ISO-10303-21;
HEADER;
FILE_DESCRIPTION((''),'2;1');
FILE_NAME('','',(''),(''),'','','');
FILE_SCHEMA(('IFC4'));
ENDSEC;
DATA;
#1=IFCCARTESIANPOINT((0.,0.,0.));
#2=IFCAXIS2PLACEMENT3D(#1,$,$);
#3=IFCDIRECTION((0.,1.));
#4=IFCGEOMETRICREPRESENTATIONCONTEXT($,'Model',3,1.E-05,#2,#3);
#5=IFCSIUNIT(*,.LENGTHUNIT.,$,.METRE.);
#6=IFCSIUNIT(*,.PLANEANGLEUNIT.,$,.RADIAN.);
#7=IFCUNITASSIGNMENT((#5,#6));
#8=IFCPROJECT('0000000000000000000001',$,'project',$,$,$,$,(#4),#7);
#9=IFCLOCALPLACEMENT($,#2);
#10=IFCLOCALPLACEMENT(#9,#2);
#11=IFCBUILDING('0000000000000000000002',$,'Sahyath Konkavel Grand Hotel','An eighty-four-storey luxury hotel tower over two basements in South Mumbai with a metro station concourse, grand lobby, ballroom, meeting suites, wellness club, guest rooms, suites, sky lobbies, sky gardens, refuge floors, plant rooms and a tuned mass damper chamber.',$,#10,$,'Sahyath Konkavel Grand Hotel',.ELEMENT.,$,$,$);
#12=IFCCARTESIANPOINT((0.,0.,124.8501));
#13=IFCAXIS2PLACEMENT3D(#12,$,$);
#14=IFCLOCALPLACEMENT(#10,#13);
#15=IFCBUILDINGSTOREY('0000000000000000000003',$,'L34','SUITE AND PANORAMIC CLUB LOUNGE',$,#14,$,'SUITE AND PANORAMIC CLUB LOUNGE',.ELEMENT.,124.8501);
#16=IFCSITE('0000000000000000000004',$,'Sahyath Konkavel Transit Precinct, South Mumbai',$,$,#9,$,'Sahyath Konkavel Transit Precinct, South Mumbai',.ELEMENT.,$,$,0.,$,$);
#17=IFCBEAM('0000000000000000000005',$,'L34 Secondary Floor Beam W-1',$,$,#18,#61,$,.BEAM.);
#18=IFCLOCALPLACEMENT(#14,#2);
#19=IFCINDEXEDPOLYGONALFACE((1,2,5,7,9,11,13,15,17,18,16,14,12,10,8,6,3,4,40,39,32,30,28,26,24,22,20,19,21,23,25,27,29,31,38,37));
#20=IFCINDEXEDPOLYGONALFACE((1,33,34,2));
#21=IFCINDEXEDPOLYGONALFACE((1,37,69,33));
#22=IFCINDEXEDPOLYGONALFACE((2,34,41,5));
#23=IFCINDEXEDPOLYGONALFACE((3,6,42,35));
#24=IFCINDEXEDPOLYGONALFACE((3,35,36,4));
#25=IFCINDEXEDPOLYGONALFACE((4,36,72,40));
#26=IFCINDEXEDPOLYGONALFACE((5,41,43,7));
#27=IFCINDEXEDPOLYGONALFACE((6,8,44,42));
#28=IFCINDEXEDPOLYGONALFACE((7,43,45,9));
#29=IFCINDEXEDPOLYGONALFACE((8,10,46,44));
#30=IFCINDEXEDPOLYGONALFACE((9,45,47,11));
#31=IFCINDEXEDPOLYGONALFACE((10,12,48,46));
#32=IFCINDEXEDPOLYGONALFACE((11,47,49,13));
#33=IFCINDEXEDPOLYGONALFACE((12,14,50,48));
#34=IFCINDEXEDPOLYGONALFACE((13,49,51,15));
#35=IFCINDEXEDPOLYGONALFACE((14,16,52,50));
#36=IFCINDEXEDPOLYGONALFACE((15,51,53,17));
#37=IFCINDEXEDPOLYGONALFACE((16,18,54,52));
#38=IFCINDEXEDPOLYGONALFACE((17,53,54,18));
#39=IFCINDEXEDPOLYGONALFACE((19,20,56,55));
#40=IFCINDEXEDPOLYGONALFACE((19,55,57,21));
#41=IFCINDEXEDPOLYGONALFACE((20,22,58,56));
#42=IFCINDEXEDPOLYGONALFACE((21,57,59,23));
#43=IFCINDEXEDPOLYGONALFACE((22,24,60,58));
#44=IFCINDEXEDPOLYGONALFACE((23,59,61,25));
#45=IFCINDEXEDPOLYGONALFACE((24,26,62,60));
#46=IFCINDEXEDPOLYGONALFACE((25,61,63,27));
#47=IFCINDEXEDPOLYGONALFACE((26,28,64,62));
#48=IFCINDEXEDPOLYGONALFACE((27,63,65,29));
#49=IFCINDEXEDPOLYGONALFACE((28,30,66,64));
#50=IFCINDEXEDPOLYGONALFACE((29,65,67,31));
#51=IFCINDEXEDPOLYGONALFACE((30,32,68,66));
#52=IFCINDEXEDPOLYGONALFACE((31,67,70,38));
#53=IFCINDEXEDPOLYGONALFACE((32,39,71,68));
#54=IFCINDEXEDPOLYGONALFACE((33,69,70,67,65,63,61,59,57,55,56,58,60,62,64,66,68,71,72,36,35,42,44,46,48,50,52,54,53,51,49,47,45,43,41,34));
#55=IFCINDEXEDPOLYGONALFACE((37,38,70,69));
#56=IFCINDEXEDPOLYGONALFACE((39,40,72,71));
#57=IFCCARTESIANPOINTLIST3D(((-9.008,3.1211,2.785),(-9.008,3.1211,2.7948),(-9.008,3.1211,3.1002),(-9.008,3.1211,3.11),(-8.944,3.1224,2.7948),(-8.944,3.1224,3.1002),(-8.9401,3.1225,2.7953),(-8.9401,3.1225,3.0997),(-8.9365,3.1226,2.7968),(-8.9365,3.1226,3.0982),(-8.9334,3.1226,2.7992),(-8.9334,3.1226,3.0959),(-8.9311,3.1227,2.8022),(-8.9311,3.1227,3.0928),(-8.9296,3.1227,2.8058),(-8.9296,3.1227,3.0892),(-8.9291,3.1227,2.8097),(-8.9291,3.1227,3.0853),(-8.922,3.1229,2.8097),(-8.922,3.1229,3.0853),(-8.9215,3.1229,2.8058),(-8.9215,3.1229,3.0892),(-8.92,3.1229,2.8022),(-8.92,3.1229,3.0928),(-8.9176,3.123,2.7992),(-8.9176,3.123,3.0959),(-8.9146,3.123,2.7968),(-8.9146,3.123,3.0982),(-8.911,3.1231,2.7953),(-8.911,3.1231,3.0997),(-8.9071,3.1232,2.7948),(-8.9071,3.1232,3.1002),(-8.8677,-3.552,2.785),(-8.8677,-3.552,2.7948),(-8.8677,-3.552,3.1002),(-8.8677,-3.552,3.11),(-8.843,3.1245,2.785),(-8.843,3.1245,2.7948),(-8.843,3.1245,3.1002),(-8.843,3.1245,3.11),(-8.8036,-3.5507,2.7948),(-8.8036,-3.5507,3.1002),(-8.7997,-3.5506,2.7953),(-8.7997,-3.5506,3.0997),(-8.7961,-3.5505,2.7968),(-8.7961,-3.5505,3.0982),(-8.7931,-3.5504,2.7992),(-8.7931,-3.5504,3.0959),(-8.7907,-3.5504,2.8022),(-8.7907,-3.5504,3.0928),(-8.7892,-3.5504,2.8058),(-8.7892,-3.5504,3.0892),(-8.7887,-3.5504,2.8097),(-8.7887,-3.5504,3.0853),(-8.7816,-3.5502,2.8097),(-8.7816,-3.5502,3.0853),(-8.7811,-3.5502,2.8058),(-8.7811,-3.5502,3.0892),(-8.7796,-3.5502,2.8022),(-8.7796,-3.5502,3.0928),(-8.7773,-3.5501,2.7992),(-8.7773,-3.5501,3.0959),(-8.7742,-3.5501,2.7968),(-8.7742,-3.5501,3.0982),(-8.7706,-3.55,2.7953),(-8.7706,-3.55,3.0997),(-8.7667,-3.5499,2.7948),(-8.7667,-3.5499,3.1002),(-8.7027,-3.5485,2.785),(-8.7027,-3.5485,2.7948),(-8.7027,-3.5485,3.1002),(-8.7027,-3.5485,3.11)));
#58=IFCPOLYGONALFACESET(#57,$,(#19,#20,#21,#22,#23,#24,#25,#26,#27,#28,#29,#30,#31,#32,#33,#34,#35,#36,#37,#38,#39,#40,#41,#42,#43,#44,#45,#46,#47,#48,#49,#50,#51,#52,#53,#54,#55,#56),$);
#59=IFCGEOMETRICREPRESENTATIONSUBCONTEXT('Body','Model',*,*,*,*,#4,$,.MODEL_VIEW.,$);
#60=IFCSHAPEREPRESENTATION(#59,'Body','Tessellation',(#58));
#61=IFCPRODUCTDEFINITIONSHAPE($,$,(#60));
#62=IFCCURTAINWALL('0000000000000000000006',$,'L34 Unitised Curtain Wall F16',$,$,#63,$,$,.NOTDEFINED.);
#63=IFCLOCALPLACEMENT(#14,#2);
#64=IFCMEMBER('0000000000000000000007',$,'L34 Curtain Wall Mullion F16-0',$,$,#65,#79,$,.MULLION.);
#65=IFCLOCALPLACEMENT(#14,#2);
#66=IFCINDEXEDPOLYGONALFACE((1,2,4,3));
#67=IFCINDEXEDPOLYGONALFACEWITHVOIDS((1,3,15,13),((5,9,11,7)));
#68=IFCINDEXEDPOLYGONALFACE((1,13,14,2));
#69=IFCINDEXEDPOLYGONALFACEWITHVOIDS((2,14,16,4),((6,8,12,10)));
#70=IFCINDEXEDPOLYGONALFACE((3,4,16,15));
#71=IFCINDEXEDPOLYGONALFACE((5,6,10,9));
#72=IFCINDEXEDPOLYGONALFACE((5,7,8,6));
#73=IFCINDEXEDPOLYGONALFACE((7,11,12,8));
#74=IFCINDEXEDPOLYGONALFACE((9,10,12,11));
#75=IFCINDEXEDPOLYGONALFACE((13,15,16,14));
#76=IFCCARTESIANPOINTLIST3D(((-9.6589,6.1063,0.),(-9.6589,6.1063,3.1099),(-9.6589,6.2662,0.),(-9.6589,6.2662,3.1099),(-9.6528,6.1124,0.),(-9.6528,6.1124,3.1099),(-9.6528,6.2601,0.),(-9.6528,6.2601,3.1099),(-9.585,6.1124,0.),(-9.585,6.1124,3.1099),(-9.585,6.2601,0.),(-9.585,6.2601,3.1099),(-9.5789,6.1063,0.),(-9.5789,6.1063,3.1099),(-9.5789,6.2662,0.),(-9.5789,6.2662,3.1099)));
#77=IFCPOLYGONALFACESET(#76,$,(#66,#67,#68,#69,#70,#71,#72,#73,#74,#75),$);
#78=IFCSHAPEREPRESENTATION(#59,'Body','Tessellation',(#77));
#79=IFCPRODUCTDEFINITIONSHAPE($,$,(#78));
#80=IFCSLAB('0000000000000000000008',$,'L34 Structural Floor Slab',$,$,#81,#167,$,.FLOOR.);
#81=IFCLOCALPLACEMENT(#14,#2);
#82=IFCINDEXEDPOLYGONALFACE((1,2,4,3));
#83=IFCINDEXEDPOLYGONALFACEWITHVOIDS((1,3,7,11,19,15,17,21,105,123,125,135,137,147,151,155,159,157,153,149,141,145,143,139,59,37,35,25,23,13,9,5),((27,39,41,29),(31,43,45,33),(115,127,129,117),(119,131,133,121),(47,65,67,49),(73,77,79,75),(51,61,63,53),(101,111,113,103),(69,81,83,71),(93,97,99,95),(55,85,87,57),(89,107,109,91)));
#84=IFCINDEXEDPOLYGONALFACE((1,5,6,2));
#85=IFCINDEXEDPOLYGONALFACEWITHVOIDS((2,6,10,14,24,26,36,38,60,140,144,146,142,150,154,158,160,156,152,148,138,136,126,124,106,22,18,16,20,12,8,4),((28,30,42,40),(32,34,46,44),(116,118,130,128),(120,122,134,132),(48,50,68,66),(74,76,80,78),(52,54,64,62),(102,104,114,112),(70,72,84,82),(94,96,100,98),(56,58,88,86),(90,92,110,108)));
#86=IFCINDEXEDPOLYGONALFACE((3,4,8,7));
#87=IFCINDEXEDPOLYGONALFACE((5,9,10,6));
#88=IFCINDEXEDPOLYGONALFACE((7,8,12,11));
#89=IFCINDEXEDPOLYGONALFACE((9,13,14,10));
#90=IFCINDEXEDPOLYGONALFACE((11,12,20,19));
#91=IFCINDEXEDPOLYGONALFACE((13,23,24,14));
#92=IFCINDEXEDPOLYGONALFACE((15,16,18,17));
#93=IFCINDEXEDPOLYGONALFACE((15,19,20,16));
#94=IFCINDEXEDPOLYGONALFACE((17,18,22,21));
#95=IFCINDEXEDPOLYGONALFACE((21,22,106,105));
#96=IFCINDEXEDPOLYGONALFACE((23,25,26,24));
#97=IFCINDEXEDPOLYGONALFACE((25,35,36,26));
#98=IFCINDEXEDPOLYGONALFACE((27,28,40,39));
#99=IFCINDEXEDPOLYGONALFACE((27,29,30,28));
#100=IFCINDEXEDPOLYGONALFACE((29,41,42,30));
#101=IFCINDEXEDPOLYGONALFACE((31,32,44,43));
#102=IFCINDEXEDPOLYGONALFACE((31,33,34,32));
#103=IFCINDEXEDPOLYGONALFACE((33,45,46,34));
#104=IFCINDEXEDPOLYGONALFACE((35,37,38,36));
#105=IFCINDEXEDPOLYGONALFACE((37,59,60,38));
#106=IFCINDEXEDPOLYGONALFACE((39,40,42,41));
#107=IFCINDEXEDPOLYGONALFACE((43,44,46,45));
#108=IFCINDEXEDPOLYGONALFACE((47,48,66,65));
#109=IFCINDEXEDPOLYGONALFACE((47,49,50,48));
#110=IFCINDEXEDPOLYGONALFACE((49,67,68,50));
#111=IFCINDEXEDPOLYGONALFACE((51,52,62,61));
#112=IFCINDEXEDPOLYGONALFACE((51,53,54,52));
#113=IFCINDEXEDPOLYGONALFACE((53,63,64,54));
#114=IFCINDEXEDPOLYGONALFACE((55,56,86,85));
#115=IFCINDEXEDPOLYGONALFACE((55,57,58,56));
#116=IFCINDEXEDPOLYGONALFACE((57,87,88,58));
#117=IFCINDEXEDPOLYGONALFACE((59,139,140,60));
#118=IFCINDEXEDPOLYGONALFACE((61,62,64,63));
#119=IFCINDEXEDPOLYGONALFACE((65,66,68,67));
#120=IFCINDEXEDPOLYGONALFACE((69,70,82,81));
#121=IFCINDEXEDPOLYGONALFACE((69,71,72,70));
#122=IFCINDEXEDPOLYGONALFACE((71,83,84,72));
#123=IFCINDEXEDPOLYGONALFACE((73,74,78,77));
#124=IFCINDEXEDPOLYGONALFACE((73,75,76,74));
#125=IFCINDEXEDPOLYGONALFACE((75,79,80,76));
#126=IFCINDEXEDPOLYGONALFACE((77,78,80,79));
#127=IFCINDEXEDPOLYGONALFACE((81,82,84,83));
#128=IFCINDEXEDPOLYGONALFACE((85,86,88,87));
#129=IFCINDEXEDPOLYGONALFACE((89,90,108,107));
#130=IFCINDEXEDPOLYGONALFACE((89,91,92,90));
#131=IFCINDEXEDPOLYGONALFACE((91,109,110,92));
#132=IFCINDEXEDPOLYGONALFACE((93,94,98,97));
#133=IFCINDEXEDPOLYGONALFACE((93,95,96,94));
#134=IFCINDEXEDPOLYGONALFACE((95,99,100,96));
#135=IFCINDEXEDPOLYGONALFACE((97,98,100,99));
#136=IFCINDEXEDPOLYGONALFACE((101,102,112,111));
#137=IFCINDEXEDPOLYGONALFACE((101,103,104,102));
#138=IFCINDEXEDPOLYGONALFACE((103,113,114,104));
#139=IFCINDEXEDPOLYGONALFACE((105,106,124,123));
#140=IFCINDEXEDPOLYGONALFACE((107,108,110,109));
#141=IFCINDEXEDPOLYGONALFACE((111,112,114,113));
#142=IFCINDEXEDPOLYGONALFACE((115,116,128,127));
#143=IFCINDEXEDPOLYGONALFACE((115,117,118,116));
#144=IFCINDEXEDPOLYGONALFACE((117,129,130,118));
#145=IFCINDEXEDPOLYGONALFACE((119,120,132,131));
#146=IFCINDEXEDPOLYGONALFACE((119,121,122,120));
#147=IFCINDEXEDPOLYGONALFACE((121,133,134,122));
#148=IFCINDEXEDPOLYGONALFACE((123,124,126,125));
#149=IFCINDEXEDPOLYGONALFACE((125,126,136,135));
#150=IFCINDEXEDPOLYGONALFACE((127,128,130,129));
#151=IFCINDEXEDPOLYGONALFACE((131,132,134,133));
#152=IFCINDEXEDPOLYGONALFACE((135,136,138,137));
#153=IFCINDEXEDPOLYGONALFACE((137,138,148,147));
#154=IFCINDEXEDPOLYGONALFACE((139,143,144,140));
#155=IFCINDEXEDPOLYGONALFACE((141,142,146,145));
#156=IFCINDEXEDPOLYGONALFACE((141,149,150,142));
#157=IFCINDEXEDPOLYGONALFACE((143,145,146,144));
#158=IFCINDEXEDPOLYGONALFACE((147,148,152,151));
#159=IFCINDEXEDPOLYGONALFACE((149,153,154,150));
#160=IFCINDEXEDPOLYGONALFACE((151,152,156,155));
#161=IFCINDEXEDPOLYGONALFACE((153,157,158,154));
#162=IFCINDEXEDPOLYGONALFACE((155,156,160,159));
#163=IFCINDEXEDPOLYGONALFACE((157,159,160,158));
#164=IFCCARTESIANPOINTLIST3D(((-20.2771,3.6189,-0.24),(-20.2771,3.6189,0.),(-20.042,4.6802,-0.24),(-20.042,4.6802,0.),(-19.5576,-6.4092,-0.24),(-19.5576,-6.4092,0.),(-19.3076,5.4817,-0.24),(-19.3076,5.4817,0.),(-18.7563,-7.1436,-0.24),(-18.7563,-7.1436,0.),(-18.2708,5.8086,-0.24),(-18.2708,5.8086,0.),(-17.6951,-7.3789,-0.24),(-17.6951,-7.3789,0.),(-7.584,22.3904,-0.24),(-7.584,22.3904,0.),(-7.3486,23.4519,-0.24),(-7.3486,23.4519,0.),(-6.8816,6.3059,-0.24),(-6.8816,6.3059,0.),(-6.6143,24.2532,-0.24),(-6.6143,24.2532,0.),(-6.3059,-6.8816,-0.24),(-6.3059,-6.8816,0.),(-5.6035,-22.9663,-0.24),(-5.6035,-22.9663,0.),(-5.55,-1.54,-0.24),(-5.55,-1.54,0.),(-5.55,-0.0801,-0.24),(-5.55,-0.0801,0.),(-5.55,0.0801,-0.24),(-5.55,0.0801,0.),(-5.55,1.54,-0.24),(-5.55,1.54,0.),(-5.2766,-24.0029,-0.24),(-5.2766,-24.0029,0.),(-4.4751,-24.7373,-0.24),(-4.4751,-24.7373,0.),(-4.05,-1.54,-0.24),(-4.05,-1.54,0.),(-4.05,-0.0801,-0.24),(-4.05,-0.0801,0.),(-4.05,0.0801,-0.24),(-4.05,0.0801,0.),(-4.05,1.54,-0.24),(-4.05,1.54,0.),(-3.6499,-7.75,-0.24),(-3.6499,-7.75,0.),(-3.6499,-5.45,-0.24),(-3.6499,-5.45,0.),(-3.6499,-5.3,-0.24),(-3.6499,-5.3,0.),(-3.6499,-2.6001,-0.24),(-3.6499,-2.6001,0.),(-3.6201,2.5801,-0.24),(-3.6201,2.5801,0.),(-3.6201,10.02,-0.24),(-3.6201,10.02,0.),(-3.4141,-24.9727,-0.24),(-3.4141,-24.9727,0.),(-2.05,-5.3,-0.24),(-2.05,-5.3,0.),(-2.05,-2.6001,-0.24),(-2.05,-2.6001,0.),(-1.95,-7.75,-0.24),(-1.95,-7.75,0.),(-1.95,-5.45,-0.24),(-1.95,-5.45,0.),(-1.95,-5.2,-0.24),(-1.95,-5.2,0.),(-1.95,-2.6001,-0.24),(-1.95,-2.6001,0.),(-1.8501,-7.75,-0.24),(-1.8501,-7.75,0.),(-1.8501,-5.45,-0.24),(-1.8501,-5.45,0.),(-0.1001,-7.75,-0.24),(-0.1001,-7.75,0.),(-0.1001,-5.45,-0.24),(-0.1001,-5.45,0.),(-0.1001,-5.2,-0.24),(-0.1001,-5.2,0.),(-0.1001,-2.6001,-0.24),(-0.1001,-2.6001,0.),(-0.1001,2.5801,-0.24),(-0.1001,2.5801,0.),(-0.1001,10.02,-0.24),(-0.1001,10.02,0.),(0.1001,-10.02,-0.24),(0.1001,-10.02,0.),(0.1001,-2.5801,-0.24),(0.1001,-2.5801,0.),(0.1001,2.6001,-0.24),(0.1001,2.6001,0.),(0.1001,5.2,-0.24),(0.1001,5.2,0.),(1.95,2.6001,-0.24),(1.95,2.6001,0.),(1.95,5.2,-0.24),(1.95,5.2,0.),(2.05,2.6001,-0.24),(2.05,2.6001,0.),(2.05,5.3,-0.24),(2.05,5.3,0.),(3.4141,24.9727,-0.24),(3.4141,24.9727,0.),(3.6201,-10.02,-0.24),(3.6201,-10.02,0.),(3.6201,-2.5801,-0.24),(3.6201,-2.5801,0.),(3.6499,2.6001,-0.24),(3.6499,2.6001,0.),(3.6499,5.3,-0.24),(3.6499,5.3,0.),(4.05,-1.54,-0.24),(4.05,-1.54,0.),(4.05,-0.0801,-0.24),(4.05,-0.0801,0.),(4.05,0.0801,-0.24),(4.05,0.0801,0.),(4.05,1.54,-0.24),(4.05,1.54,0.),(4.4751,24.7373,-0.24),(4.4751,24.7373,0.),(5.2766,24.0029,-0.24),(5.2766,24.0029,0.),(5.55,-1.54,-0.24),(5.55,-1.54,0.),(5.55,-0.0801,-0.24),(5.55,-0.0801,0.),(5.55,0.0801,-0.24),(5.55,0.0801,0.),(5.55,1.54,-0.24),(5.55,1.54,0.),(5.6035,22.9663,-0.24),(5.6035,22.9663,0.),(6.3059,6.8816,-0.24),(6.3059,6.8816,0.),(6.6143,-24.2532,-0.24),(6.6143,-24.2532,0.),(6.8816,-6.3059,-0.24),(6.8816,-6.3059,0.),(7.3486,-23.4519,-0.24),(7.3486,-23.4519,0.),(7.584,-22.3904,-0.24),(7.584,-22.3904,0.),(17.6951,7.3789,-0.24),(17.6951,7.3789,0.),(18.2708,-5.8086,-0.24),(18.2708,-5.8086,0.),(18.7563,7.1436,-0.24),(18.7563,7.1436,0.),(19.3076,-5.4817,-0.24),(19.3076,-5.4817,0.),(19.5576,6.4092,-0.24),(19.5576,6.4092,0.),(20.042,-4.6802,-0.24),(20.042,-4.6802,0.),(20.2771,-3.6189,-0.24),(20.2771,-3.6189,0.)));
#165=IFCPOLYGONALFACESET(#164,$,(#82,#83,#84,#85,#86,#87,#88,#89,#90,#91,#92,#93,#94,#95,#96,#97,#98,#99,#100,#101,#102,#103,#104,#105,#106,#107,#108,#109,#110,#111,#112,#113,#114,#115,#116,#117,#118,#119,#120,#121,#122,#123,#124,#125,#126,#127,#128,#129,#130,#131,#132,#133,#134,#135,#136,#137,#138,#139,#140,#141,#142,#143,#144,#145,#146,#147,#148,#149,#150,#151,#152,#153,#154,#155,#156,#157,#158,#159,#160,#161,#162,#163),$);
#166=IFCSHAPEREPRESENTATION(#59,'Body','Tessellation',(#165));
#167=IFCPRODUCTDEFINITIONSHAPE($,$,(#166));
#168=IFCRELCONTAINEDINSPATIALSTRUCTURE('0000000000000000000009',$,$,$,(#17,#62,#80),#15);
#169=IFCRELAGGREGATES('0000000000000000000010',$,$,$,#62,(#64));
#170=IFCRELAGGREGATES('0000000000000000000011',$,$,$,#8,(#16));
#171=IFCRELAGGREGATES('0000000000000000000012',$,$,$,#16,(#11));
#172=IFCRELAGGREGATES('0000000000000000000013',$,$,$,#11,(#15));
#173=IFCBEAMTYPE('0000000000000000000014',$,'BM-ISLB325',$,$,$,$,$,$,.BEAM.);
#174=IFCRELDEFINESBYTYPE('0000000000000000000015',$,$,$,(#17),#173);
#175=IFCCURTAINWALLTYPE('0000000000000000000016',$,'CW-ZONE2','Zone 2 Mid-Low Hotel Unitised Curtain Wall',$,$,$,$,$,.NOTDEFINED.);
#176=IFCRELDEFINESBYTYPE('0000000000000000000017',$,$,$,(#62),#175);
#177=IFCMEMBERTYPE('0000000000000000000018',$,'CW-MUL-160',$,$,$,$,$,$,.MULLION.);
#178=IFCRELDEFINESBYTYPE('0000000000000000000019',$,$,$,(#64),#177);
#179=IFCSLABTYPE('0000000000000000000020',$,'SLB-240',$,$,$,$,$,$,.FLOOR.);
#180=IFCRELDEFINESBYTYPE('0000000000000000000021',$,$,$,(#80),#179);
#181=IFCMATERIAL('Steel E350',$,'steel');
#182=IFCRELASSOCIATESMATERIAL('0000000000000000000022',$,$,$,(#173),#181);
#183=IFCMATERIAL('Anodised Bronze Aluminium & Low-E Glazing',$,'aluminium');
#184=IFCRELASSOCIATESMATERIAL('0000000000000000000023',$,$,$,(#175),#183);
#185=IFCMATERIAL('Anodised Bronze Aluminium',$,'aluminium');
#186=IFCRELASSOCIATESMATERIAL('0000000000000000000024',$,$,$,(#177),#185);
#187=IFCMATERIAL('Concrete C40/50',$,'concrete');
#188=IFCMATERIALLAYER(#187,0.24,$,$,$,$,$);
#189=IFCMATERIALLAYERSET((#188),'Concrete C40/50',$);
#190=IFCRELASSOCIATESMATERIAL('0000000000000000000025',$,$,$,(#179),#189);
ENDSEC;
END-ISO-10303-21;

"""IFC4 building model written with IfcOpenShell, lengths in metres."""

from ifc_helpers import new_model, si_unit, direction, frame, origin, origin_2d, place, context, subcontext, project, spatial, polyline, hollow_rectangle, i_section, outline, extrude, source, transform, mapped, material, layer, layer_set, material_profile, profile_set, type_object, element, aggregate, save


model = new_model("IFC4")

# Units and contexts
model_context = context("Model", 3, precision=1e-05, world=origin(), true_north=direction((0.0, 1.0)))
body_context = subcontext(model_context, "Body", "Model", "MODEL_VIEW")
ifc_project = project(units=[si_unit("LENGTHUNIT", "METRE"), si_unit("PLANEANGLEUNIT", "RADIAN")], contexts=[model_context])

# Site, building, storey
site_placement = place(None, origin())
site = spatial("IfcSite", under=ifc_project, at=site_placement, Name="Sahyath Konkavel Transit Precinct, South Mumbai", LongName="Sahyath Konkavel Transit Precinct, South Mumbai", CompositionType="ELEMENT", RefElevation=0.0)
building_placement = place(site_placement, origin())
building = spatial("IfcBuilding", under=site, at=building_placement, Name="Sahyath Konkavel Grand Hotel", Description="An eighty-four-storey luxury hotel tower over two basements in South Mumbai with a metro station concourse, grand lobby, ballroom, meeting suites, wellness club, guest rooms, suites, sky lobbies, sky gardens, refuge floors, plant rooms and a tuned mass damper chamber.", LongName="Sahyath Konkavel Grand Hotel", CompositionType="ELEMENT")
storey_placement = place(building_placement, frame((0.0, 0.0, 124.8501)))
storey = spatial("IfcBuildingStorey", under=building, at=storey_placement, Name="L34", Description="SUITE AND PANORAMIC CLUB LOUNGE", LongName="SUITE AND PANORAMIC CLUB LOUNGE", CompositionType="ELEMENT", Elevation=124.8501)

# Beam
ifc_material_1 = material(Name="Steel E350", Category="steel")
ifc_material_profile_1 = material_profile(ifc_material_1, i_section(OverallWidth=0.165, OverallDepth=0.325, WebThickness=0.0071, FlangeThickness=0.0098, FilletRadius=0.0149, at=origin_2d()), Name="ISLB 325")
ifc_profile_set_1 = profile_set([ifc_material_profile_1], Name="Steel E350")
beam_type_1 = type_object("IfcBeamType", Name="BM-ISLB325", PredefinedType="BEAM", material=ifc_profile_set_1)
shared_shape_1 = source(origin(), body_context, "Body", "SweptSolid", [
    extrude(i_section(OverallWidth=0.165, OverallDepth=0.325, WebThickness=0.0071, FlangeThickness=0.0098, FilletRadius=0.0149, at=origin_2d()), origin(), (0.0, 0.0, 1.0), 6.6746),
])
beam_1_placement = place(storey_placement, frame((-8.9255, 3.1228, 2.9475), z_axis=(0.021032, -0.999779, 0.0), x_axis=(0.999779, 0.021032, 0.0)))
element("IfcBeam", 1, at=beam_1_placement, inside=storey, type_object=beam_type_1, Name="L34 Secondary Floor Beam W-1", PredefinedType="BEAM", context=body_context, shape_type="MappedRepresentation", body=[
    mapped(shared_shape_1, transform((0.0, 0.0, 0.0), scale=1.0)),
])

# Curtain wall, member
ifc_material_2 = material(Name="Anodised Bronze Aluminium & Low-E Glazing", Category="aluminium")
curtain_wall_type = type_object("IfcCurtainWallType", Name="CW-ZONE2", Description="Zone 2 Mid-Low Hotel Unitised Curtain Wall", PredefinedType="NOTDEFINED", material=ifc_material_2)
curtain_wall_placement = place(storey_placement, origin())
curtain_wall = element("IfcCurtainWall", 2, at=curtain_wall_placement, inside=storey, type_object=curtain_wall_type, Name="L34 Unitised Curtain Wall F16", PredefinedType="NOTDEFINED")
ifc_material_3 = material(Name="Anodised Bronze Aluminium", Category="aluminium")
ifc_material_profile_2 = material_profile(ifc_material_3, hollow_rectangle(XDim=0.0801, YDim=0.1599, WallThickness=0.0061, at=origin_2d()), Name="RHS 160x80x6")
ifc_profile_set_2 = profile_set([ifc_material_profile_2], Name="Anodised Bronze Aluminium")
member_type = type_object("IfcMemberType", Name="CW-MUL-160", PredefinedType="MULLION", material=ifc_profile_set_2)
shared_shape_2 = source(origin(), body_context, "Body", "SweptSolid", [
    extrude(hollow_rectangle(XDim=0.0801, YDim=0.1599, WallThickness=0.0061, at=origin_2d()), origin(), (0.0, 0.0, 1.0), 3.1099),
])
member_placement = place(storey_placement, frame((-9.6189, 6.1863, 0.0), z_axis=(0.0, 0.0, 1.0), x_axis=(1.0, 0.0, 0.0)))
member = element("IfcMember", 3, at=member_placement, type_object=member_type, Name="L34 Curtain Wall Mullion F16-0", PredefinedType="MULLION", context=body_context, shape_type="MappedRepresentation", body=[
    mapped(shared_shape_2, transform((0.0, 0.0, 0.0), scale=1.0)),
])

# Slab
ifc_material_4 = material(Name="Concrete C40/50", Category="concrete")
ifc_layer_1 = layer(ifc_material_4, 0.24)
ifc_layer_set_1 = layer_set([ifc_layer_1], Name="Concrete C40/50")
slab_type_1 = type_object("IfcSlabType", Name="SLB-240", PredefinedType="FLOOR", material=ifc_layer_set_1)
slab_1_placement = place(storey_placement, frame((0.0, 0.0, -0.24)))
element("IfcSlab", 4, at=slab_1_placement, inside=storey, type_object=slab_type_1, Name="L34 Structural Floor Slab", PredefinedType="FLOOR", context=body_context, shape_type="SweptSolid", body=[
    extrude(outline(polyline([(6.8816, -6.3059), (18.2708, -5.8086), (19.3076, -5.4817), (20.042, -4.6802), (20.2771, -3.6189), (19.5576, 6.4092), (18.7563, 7.1436), (17.6951, 7.3789), (6.3059, 6.8816), (5.6035, 22.9663), (5.2766, 24.0029), (4.4751, 24.7373), (3.4141, 24.9727), (-6.6143, 24.2532), (-7.3486, 23.4519), (-7.584, 22.3904), (-6.8816, 6.3059), (-18.2708, 5.8086), (-19.3076, 5.4817), (-20.042, 4.6802), (-20.2771, 3.6189), (-19.5576, -6.4092), (-18.7563, -7.1436), (-17.6951, -7.3789), (-6.3059, -6.8816), (-5.6035, -22.9663), (-5.2766, -24.0029), (-4.4751, -24.7373), (-3.4141, -24.9727), (6.6143, -24.2532), (7.3486, -23.4519), (7.584, -22.3904), (6.8816, -6.3059)]), holes=[polyline([(-3.6201, 2.5801), (-0.1001, 2.5801), (-0.1001, 10.02), (-3.6201, 10.02), (-3.6201, 2.5801)]), polyline([(0.1001, -10.02), (3.6201, -10.02), (3.6201, -2.5801), (0.1001, -2.5801), (0.1001, -10.02)]), polyline([(0.1001, 2.6001), (1.95, 2.6001), (1.95, 5.2), (0.1001, 5.2), (0.1001, 2.6001)]), polyline([(-1.95, -5.2), (-0.1001, -5.2), (-0.1001, -2.6001), (-1.95, -2.6001), (-1.95, -5.2)]), polyline([(2.05, 2.6001), (3.6499, 2.6001), (3.6499, 5.3), (2.05, 5.3), (2.05, 2.6001)]), polyline([(-3.6499, -5.3), (-2.05, -5.3), (-2.05, -2.6001), (-3.6499, -2.6001), (-3.6499, -5.3)]), polyline([(-3.6499, -7.75), (-1.95, -7.75), (-1.95, -5.45), (-3.6499, -5.45), (-3.6499, -7.75)]), polyline([(-1.8501, -7.75), (-0.1001, -7.75), (-0.1001, -5.45), (-1.8501, -5.45), (-1.8501, -7.75)]), polyline([(4.05, 0.0801), (5.55, 0.0801), (5.55, 1.54), (4.05, 1.54), (4.05, 0.0801)]), polyline([(4.05, -1.54), (5.55, -1.54), (5.55, -0.0801), (4.05, -0.0801), (4.05, -1.54)]), polyline([(-5.55, 0.0801), (-4.05, 0.0801), (-4.05, 1.54), (-5.55, 1.54), (-5.55, 0.0801)]), polyline([(-5.55, -1.54), (-4.05, -1.54), (-4.05, -0.0801), (-5.55, -0.0801), (-5.55, -1.54)])]), origin(), (0.0, 0.0, 1.0), 0.24),
])

aggregate(curtain_wall, [member])

save(model, "model.ifc")
